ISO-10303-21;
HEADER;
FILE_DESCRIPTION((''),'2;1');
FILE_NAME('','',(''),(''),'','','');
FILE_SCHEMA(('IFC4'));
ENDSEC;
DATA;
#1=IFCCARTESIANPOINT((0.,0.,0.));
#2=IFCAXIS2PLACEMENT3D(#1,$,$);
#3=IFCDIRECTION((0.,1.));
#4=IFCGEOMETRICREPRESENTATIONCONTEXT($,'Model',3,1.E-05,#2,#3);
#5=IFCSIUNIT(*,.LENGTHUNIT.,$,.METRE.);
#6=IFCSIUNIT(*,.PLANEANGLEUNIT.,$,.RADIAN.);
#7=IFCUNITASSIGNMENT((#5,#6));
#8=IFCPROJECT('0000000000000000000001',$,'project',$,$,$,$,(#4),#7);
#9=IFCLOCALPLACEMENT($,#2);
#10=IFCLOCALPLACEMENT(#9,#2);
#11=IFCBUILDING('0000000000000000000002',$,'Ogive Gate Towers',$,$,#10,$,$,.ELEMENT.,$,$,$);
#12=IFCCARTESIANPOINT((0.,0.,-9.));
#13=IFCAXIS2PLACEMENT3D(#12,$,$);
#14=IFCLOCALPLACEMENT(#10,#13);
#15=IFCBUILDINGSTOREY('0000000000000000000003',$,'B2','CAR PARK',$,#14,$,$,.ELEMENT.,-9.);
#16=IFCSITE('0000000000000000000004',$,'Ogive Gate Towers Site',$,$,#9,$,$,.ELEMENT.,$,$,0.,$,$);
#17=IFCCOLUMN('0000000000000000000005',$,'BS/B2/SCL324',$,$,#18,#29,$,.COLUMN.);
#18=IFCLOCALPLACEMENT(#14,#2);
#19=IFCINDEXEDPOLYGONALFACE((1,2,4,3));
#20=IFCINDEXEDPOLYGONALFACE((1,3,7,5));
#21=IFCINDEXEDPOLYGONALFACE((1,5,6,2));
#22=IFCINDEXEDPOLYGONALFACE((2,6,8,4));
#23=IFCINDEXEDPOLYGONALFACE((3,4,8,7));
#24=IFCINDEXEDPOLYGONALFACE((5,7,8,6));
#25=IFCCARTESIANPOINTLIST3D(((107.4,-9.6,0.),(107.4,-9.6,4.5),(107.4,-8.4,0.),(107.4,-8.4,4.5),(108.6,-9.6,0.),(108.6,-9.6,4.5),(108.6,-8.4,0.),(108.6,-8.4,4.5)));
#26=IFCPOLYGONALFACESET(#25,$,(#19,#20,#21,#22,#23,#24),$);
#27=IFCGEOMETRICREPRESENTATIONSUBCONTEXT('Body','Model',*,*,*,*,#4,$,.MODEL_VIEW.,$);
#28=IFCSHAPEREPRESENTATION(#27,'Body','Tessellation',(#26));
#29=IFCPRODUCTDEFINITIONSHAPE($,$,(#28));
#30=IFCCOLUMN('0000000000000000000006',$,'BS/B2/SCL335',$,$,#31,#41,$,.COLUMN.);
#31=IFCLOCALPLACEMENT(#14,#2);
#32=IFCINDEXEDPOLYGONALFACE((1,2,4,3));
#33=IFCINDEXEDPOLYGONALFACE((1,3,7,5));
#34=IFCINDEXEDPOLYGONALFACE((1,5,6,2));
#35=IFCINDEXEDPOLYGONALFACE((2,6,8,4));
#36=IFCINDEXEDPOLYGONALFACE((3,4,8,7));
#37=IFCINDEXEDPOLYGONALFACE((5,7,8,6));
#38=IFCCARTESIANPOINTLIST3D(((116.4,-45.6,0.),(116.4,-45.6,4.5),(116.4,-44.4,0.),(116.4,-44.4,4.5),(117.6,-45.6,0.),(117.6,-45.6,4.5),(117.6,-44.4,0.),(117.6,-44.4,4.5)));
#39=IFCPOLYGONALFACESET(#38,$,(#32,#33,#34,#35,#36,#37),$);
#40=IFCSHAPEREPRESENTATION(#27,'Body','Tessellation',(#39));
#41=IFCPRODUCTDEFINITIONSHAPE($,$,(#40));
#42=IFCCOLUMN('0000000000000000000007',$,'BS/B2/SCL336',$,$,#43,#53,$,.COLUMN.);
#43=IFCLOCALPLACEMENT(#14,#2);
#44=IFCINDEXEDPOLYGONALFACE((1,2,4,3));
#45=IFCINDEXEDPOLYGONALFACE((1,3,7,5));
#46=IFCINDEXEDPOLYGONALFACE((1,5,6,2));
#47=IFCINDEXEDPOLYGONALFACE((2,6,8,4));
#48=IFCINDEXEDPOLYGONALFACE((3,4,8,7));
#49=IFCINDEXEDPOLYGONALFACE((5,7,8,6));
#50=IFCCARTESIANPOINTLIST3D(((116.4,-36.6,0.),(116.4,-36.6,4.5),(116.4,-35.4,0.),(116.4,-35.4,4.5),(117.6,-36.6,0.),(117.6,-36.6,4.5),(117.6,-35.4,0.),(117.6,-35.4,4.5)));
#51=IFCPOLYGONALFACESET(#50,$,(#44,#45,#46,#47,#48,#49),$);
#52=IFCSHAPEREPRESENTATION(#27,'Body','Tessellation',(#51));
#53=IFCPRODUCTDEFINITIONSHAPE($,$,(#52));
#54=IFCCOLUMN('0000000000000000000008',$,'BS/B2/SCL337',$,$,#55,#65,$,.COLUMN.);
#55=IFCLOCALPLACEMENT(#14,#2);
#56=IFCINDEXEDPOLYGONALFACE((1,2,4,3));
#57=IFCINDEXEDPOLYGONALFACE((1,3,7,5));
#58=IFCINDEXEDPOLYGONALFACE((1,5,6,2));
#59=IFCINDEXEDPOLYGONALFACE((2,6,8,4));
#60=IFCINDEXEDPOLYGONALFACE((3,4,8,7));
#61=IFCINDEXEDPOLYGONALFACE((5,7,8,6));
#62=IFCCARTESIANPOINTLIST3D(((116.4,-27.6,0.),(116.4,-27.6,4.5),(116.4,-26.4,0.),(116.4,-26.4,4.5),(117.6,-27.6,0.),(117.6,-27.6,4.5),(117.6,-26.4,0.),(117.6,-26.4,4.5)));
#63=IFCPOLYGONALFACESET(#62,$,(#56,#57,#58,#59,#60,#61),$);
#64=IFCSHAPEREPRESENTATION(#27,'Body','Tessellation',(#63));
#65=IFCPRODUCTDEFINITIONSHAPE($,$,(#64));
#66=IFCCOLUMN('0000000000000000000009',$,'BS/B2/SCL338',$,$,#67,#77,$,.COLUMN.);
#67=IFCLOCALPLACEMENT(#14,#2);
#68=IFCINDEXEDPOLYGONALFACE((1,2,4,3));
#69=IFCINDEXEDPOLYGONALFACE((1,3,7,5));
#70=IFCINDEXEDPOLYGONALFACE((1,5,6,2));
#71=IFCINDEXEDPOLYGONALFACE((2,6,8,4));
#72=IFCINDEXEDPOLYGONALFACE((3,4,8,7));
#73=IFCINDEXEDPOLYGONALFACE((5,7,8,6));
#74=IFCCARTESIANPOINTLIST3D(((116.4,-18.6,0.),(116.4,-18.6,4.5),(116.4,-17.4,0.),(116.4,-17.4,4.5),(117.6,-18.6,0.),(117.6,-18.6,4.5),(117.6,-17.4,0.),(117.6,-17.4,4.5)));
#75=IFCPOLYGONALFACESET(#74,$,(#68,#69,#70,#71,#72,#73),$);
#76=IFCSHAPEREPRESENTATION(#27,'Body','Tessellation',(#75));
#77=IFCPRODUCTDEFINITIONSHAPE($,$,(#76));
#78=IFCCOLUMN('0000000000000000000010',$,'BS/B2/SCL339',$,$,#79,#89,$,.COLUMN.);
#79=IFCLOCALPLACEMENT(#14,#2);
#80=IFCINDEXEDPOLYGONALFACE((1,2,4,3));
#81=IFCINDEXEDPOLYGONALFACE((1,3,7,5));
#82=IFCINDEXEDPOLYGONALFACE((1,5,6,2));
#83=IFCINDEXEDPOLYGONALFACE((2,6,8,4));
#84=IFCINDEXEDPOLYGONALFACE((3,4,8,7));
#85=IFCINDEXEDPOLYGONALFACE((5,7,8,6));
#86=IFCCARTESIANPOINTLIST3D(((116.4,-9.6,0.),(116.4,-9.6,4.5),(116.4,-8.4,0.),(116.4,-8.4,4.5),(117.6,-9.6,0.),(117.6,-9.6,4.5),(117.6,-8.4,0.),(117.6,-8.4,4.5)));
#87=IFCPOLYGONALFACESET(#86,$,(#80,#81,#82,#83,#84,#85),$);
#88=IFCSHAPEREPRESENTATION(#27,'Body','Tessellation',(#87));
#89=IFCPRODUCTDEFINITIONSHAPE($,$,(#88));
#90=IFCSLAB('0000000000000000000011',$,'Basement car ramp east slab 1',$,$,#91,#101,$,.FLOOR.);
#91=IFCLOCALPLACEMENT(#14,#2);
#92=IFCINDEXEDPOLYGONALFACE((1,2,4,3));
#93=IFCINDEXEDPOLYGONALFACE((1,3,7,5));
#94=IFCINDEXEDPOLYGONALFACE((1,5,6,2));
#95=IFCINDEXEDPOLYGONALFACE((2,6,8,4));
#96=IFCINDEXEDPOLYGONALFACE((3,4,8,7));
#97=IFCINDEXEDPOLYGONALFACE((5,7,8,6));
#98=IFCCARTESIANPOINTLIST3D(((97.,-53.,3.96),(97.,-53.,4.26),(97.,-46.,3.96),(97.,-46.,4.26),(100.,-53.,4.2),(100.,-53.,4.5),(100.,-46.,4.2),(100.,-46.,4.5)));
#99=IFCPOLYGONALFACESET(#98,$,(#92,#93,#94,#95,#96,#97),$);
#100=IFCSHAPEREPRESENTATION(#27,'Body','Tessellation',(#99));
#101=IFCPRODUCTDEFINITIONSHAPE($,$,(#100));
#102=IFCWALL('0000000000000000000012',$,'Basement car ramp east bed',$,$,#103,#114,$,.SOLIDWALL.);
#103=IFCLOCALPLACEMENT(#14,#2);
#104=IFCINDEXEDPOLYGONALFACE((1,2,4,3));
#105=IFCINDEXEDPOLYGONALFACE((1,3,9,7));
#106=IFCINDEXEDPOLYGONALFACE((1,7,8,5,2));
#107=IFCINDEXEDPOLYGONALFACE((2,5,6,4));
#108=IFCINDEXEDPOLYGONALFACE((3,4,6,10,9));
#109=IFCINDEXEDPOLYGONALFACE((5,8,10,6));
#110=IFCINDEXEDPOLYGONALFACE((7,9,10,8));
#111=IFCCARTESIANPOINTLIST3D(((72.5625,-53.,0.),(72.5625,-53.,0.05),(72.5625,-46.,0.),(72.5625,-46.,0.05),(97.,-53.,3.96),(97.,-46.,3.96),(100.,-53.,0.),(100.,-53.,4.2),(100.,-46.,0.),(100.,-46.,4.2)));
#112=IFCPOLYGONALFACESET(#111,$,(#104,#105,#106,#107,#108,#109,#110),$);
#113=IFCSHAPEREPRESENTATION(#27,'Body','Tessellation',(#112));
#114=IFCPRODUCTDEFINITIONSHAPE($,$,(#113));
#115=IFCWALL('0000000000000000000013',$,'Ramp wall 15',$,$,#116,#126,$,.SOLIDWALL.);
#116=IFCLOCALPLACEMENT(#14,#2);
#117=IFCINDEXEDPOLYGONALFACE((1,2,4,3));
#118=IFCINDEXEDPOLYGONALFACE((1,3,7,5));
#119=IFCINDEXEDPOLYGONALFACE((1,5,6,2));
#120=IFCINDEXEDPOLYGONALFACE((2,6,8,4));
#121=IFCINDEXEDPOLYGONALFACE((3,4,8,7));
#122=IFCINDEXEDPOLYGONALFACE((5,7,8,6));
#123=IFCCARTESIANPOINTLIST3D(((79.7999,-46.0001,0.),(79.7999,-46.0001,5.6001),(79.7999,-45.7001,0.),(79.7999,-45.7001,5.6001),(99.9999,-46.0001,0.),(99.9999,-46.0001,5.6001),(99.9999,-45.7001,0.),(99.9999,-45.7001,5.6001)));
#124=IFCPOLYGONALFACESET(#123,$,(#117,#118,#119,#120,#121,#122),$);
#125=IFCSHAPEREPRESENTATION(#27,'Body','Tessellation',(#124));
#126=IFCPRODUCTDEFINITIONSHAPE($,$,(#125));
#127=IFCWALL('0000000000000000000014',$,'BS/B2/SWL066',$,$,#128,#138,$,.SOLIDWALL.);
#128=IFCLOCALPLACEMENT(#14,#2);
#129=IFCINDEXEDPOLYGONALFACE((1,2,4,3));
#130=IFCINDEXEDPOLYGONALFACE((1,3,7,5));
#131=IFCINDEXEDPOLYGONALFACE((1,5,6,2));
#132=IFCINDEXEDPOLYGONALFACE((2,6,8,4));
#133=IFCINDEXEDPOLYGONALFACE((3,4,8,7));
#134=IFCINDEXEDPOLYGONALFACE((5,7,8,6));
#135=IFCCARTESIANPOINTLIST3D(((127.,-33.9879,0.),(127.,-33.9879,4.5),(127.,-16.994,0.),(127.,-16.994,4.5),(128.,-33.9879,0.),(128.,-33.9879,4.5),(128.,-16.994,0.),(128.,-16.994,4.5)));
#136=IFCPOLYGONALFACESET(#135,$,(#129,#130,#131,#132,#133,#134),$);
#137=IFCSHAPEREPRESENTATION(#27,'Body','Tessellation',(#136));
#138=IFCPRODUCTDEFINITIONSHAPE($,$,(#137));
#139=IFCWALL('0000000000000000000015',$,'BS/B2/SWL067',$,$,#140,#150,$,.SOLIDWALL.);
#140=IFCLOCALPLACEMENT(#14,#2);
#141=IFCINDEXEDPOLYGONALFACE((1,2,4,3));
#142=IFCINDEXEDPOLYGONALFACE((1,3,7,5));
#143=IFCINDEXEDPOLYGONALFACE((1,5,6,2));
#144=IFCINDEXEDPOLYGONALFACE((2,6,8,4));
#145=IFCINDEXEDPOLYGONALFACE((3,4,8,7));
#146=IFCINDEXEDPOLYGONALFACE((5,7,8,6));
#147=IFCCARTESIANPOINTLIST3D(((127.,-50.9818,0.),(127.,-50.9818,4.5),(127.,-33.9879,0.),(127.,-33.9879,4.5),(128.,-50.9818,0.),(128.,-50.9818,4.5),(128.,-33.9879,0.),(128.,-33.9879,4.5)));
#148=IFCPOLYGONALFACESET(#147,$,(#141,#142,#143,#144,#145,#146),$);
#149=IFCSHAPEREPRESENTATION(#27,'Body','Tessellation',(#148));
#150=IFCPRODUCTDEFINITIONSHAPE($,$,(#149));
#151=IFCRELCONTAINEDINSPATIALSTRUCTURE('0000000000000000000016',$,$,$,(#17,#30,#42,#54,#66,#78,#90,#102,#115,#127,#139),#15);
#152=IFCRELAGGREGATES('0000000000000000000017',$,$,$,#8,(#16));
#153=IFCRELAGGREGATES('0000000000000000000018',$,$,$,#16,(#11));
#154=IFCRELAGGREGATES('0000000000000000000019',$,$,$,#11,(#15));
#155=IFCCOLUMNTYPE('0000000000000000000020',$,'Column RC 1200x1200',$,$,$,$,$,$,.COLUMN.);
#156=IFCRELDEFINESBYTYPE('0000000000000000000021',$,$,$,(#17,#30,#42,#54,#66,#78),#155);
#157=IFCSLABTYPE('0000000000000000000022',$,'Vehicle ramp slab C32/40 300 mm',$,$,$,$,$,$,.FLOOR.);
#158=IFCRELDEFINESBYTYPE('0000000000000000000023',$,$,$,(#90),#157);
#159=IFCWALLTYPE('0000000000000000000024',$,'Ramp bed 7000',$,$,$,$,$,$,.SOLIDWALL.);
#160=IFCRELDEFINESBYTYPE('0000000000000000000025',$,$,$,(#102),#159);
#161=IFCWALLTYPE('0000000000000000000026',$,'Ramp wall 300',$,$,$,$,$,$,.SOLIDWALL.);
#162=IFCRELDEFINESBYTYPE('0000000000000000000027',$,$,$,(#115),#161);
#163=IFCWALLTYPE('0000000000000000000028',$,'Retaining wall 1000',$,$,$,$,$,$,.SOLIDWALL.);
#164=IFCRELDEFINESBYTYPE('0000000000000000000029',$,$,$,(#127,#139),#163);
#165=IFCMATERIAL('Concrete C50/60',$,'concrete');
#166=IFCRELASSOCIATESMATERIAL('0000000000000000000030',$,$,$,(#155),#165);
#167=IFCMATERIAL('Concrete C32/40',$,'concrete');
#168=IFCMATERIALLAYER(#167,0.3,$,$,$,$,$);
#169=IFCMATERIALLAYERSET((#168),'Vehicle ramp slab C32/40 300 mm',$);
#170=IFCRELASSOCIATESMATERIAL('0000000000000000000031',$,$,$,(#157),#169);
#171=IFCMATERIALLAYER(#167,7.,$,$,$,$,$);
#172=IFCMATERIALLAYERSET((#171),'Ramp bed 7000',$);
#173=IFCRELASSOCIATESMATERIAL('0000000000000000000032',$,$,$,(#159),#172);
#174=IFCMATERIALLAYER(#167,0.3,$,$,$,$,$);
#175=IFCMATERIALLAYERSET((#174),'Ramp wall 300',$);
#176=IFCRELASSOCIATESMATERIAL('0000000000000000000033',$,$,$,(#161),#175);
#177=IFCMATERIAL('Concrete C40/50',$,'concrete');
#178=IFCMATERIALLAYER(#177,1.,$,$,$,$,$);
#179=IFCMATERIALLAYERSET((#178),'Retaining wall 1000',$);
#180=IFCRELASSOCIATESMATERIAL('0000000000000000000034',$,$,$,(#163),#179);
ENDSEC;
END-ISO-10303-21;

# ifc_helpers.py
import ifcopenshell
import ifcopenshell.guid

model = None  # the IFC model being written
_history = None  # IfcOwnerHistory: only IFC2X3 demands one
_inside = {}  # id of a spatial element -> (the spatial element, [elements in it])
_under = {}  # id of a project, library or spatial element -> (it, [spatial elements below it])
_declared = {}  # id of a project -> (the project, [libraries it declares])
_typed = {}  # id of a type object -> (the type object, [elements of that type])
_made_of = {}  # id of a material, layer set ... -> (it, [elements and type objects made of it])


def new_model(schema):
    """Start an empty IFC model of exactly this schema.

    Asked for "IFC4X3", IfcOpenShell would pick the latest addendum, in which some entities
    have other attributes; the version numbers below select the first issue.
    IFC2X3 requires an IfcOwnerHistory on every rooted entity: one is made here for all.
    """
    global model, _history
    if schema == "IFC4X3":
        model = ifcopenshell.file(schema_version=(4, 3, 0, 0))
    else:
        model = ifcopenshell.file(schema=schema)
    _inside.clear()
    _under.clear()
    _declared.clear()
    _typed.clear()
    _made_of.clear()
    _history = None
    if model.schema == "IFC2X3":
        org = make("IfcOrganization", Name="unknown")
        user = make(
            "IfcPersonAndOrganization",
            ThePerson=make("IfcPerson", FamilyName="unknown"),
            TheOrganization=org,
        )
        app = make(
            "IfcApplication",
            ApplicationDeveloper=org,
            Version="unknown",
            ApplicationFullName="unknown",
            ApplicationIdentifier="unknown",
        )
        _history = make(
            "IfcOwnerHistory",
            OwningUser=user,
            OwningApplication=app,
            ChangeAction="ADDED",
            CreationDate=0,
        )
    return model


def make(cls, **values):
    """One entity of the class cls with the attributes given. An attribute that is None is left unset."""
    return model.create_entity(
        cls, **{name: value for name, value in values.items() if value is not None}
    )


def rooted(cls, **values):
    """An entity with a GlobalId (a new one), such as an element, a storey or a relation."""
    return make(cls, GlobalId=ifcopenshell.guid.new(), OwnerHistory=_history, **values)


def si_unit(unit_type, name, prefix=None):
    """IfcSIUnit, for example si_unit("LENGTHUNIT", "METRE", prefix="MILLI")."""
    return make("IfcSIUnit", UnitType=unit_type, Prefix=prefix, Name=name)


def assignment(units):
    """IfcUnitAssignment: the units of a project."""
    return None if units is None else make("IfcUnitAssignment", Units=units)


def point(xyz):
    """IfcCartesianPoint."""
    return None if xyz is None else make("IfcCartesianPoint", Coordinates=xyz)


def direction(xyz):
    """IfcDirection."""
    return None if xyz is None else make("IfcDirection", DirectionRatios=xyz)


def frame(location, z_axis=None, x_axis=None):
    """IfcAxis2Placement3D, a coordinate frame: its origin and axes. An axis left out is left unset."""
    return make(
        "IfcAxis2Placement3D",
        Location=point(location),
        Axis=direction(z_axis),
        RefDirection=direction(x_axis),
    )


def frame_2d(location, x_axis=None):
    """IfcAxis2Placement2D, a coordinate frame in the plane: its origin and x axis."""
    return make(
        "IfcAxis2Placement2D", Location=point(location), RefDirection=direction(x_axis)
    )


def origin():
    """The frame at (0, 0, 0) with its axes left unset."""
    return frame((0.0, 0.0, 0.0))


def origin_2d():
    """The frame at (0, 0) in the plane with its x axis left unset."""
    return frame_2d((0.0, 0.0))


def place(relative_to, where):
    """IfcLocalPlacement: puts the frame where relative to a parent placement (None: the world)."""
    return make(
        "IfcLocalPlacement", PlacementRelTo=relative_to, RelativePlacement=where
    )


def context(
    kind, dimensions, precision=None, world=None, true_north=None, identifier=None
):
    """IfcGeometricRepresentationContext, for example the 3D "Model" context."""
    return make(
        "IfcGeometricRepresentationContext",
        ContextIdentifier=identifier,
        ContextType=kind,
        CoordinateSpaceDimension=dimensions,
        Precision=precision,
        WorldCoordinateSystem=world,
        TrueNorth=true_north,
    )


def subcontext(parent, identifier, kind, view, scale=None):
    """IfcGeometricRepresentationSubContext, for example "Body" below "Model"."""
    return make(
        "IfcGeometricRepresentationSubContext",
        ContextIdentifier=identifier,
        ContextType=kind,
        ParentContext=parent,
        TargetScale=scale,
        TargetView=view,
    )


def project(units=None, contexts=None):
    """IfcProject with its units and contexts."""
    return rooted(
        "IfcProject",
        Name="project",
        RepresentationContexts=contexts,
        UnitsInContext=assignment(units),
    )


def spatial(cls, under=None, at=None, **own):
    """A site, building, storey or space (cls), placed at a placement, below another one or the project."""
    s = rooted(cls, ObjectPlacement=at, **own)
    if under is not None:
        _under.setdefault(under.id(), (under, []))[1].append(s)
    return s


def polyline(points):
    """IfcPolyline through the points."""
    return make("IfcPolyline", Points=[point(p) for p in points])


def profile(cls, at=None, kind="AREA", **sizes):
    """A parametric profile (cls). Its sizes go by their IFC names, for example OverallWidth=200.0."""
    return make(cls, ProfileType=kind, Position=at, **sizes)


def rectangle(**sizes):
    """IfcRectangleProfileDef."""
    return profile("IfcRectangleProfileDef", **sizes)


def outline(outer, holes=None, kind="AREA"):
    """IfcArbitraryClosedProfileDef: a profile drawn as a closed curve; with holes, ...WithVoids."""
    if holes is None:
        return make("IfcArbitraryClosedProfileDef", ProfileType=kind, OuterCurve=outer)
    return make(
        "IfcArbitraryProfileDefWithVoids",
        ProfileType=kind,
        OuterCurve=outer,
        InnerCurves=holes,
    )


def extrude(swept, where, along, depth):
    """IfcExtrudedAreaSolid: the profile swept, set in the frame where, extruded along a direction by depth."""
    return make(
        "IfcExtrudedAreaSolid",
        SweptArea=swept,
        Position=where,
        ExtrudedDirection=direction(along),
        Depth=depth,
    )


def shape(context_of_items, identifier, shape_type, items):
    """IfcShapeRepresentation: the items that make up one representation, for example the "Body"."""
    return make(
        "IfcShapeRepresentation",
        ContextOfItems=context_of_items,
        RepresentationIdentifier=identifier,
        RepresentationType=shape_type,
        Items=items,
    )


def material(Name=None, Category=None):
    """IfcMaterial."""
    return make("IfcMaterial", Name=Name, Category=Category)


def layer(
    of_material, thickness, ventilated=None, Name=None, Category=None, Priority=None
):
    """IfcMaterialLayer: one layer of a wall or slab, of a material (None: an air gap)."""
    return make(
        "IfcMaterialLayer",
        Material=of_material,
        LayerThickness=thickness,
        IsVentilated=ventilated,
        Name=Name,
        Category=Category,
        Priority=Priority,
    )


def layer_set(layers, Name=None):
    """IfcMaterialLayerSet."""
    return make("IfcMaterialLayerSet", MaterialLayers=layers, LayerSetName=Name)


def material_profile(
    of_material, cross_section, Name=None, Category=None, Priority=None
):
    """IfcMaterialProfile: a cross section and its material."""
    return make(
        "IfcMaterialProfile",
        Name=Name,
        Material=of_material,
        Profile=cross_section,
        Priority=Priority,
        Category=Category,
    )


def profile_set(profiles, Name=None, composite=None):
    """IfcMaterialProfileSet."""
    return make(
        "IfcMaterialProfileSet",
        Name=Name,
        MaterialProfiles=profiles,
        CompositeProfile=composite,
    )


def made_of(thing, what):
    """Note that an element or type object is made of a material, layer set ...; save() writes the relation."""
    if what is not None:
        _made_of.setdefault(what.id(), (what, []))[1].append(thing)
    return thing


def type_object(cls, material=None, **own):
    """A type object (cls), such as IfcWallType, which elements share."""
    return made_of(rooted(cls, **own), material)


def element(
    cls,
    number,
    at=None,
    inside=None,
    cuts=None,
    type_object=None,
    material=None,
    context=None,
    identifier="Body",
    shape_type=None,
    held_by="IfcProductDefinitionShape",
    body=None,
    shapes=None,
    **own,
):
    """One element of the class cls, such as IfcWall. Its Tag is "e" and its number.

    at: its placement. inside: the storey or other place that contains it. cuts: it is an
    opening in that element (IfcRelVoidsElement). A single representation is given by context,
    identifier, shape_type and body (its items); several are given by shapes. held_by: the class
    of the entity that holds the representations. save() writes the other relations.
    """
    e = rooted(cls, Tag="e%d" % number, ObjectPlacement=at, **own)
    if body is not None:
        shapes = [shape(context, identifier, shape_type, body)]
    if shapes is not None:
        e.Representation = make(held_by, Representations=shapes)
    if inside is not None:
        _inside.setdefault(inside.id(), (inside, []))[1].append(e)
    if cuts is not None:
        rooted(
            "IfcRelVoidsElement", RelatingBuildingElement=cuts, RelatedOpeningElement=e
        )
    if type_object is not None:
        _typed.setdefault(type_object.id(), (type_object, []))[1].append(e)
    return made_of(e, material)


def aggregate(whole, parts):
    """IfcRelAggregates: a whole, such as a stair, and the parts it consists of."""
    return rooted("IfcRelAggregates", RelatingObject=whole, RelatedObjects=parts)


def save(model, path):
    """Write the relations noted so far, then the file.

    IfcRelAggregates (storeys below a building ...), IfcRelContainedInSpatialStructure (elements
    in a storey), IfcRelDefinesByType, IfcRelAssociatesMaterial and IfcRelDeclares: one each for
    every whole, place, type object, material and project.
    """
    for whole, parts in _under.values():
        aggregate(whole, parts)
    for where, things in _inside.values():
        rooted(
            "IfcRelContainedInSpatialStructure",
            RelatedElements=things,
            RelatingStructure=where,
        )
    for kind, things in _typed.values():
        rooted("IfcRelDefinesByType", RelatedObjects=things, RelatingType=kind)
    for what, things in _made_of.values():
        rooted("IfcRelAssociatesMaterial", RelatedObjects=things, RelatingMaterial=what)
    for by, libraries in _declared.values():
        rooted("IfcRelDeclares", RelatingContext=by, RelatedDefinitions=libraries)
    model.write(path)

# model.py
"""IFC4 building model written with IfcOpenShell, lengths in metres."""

from ifc_helpers import new_model, si_unit, direction, frame, frame_2d, origin, origin_2d, place, context, subcontext, project, spatial, polyline, rectangle, outline, extrude, material, layer, layer_set, material_profile, profile_set, type_object, element, save


model = new_model("IFC4")

# Units and contexts
model_context = context("Model", 3, precision=1e-05, world=origin(), true_north=direction((0.0, 1.0)))
body_context = subcontext(model_context, "Body", "Model", "MODEL_VIEW")
ifc_project = project(units=[si_unit("LENGTHUNIT", "METRE"), si_unit("PLANEANGLEUNIT", "RADIAN")], contexts=[model_context])

# Site, building, storey
site_placement = place(None, origin())
site = spatial("IfcSite", under=ifc_project, at=site_placement, Name="Ogive Gate Towers Site", CompositionType="ELEMENT", RefElevation=0.0)
building_placement = place(site_placement, origin())
building = spatial("IfcBuilding", under=site, at=building_placement, Name="Ogive Gate Towers", CompositionType="ELEMENT")
storey_placement = place(building_placement, frame((0.0, 0.0, -9.0)))
storey = spatial("IfcBuildingStorey", under=building, at=storey_placement, Name="B2", Description="CAR PARK", CompositionType="ELEMENT", Elevation=-9.0)

# Shared definitions
ifc_material_1 = material(Name="Concrete C40/50", Category="concrete")

# Columns
ifc_material_2 = material(Name="Concrete C50/60", Category="concrete")
ifc_material_profile_1 = material_profile(ifc_material_2, rectangle(XDim=1.2, YDim=1.2, at=origin_2d()), Name="RC 1200x1200")
ifc_profile_set_1 = profile_set([ifc_material_profile_1], Name="Concrete C50/60")
column_type = type_object("IfcColumnType", Name="Column RC 1200x1200", PredefinedType="COLUMN", material=ifc_profile_set_1)
for number, where, z_axis, x_axis, name in (
    (1, (108.0, -9.0, 0.0), (0.0, 0.0, 1.0), (1.0, 0.0, 0.0), "BS/B2/SCL324"),
    (2, (117.0, -45.0, 0.0), (0.0, 0.0, 1.0), (1.0, 0.0, 0.0), "BS/B2/SCL335"),
    (3, (117.0, -36.0, 0.0), (0.0, 0.0, 1.0), (1.0, 0.0, 0.0), "BS/B2/SCL336"),
    (4, (117.0, -27.0, 0.0), (0.0, 0.0, 1.0), (1.0, 0.0, 0.0), "BS/B2/SCL337"),
    (5, (117.0, -18.0, 0.0), (0.0, 0.0, 1.0), (1.0, 0.0, 0.0), "BS/B2/SCL338"),
    (6, (117.0, -9.0, 0.0), (0.0, 0.0, 1.0), (1.0, 0.0, 0.0), "BS/B2/SCL339"),
):
    element("IfcColumn", number, at=place(storey_placement, frame(where, z_axis=z_axis, x_axis=x_axis)), inside=storey, type_object=column_type, Name=name, PredefinedType="COLUMN", context=body_context, shape_type="SweptSolid", body=[
        extrude(rectangle(XDim=1.2, YDim=1.2, at=origin_2d()), origin(), (0.0, 0.0, 1.0), 4.5),
    ])

# Slab
ifc_material_3 = material(Name="Concrete C32/40", Category="concrete")
ifc_layer_1 = layer(ifc_material_3, 0.3)
ifc_layer_set_1 = layer_set([ifc_layer_1], Name="Vehicle ramp slab C32/40 300 mm")
slab_type = type_object("IfcSlabType", Name="Vehicle ramp slab C32/40 300 mm", PredefinedType="FLOOR", material=ifc_layer_set_1)
slab_placement = place(storey_placement, frame((97.0, -49.5, 0.0), z_axis=(0.0, 0.0, 1.0), x_axis=(1.0, 0.0, 0.0)))
element("IfcSlab", 7, at=slab_placement, inside=storey, type_object=slab_type, Name="Basement car ramp east slab 1", PredefinedType="FLOOR", context=body_context, shape_type="SweptSolid", body=[
    extrude(outline(polyline([(0.0, 3.96), (3.0, 4.2), (3.0, 4.5), (0.0, 4.26), (0.0, 3.96)])), frame((0.0, 3.5, 0.0), z_axis=(0.0, -1.0, 0.0), x_axis=(1.0, 0.0, 0.0)), (0.0, 0.0, 1.0), 7.0),
])

# Walls
ifc_layer_2 = layer(ifc_material_3, 7.0)
ifc_layer_set_2 = layer_set([ifc_layer_2], Name="Ramp bed 7000")
wall_type_1 = type_object("IfcWallType", Name="Ramp bed 7000", PredefinedType="SOLIDWALL", material=ifc_layer_set_2)
wall_1_placement = place(storey_placement, frame((100.0, -49.5, 0.0), z_axis=(0.0, 0.0, 1.0), x_axis=(-1.0, 0.0, 0.0)))
element("IfcWall", 8, at=wall_1_placement, inside=storey, type_object=wall_type_1, Name="Basement car ramp east bed", PredefinedType="SOLIDWALL", context=body_context, shape_type="SweptSolid", body=[
    extrude(outline(polyline([(0.0, 0.0), (27.4375, 0.0), (27.4375, 0.05), (3.0, 3.96), (0.0, 4.2), (0.0, 0.0)])), frame((0.0, 3.5, 0.0), z_axis=(0.0, -1.0, 0.0), x_axis=(1.0, 0.0, 0.0)), (0.0, 0.0, 1.0), 7.0),
])
ifc_layer_3 = layer(ifc_material_3, 0.3)
ifc_layer_set_3 = layer_set([ifc_layer_3], Name="Ramp wall 300")
wall_type_2 = type_object("IfcWallType", Name="Ramp wall 300", PredefinedType="SOLIDWALL", material=ifc_layer_set_3)
wall_2_placement = place(storey_placement, frame((100.0, -45.8501, 0.0), z_axis=(0.0, 0.0, 1.0), x_axis=(-1.0, 0.0, 0.0)))
element("IfcWall", 9, at=wall_2_placement, inside=storey, type_object=wall_type_2, Name="Ramp wall 15", PredefinedType="SOLIDWALL", context=body_context, shape_type="SweptSolid", body=[
    extrude(rectangle(XDim=20.2, YDim=0.3, at=frame_2d((10.1001, 0.0))), origin(), (0.0, 0.0, 1.0), 5.6001),
])
ifc_layer_4 = layer(ifc_material_1, 1.0)
ifc_layer_set_4 = layer_set([ifc_layer_4], Name="Retaining wall 1000")
wall_type_3 = type_object("IfcWallType", Name="Retaining wall 1000", PredefinedType="SOLIDWALL", material=ifc_layer_set_4)
for number, where, z_axis, x_axis, name in (
    (10, (127.5, -16.9939, 0.0), (0.0, 0.0, 1.0), (0.0, -1.0, 0.0), "BS/B2/SWL066"),
    (11, (127.5, -33.9878, 0.0), (0.0, 0.0, 1.0), (0.0, -1.0, 0.0), "BS/B2/SWL067"),
):
    element("IfcWall", number, at=place(storey_placement, frame(where, z_axis=z_axis, x_axis=x_axis)), inside=storey, type_object=wall_type_3, Name=name, PredefinedType="SOLIDWALL", context=body_context, shape_type="SweptSolid", body=[
        extrude(rectangle(XDim=16.9939, YDim=1.0, at=frame_2d((8.4971, 0.0))), origin(), (0.0, 0.0, 1.0), 4.5),
    ])

save(model, "model.ifc")
